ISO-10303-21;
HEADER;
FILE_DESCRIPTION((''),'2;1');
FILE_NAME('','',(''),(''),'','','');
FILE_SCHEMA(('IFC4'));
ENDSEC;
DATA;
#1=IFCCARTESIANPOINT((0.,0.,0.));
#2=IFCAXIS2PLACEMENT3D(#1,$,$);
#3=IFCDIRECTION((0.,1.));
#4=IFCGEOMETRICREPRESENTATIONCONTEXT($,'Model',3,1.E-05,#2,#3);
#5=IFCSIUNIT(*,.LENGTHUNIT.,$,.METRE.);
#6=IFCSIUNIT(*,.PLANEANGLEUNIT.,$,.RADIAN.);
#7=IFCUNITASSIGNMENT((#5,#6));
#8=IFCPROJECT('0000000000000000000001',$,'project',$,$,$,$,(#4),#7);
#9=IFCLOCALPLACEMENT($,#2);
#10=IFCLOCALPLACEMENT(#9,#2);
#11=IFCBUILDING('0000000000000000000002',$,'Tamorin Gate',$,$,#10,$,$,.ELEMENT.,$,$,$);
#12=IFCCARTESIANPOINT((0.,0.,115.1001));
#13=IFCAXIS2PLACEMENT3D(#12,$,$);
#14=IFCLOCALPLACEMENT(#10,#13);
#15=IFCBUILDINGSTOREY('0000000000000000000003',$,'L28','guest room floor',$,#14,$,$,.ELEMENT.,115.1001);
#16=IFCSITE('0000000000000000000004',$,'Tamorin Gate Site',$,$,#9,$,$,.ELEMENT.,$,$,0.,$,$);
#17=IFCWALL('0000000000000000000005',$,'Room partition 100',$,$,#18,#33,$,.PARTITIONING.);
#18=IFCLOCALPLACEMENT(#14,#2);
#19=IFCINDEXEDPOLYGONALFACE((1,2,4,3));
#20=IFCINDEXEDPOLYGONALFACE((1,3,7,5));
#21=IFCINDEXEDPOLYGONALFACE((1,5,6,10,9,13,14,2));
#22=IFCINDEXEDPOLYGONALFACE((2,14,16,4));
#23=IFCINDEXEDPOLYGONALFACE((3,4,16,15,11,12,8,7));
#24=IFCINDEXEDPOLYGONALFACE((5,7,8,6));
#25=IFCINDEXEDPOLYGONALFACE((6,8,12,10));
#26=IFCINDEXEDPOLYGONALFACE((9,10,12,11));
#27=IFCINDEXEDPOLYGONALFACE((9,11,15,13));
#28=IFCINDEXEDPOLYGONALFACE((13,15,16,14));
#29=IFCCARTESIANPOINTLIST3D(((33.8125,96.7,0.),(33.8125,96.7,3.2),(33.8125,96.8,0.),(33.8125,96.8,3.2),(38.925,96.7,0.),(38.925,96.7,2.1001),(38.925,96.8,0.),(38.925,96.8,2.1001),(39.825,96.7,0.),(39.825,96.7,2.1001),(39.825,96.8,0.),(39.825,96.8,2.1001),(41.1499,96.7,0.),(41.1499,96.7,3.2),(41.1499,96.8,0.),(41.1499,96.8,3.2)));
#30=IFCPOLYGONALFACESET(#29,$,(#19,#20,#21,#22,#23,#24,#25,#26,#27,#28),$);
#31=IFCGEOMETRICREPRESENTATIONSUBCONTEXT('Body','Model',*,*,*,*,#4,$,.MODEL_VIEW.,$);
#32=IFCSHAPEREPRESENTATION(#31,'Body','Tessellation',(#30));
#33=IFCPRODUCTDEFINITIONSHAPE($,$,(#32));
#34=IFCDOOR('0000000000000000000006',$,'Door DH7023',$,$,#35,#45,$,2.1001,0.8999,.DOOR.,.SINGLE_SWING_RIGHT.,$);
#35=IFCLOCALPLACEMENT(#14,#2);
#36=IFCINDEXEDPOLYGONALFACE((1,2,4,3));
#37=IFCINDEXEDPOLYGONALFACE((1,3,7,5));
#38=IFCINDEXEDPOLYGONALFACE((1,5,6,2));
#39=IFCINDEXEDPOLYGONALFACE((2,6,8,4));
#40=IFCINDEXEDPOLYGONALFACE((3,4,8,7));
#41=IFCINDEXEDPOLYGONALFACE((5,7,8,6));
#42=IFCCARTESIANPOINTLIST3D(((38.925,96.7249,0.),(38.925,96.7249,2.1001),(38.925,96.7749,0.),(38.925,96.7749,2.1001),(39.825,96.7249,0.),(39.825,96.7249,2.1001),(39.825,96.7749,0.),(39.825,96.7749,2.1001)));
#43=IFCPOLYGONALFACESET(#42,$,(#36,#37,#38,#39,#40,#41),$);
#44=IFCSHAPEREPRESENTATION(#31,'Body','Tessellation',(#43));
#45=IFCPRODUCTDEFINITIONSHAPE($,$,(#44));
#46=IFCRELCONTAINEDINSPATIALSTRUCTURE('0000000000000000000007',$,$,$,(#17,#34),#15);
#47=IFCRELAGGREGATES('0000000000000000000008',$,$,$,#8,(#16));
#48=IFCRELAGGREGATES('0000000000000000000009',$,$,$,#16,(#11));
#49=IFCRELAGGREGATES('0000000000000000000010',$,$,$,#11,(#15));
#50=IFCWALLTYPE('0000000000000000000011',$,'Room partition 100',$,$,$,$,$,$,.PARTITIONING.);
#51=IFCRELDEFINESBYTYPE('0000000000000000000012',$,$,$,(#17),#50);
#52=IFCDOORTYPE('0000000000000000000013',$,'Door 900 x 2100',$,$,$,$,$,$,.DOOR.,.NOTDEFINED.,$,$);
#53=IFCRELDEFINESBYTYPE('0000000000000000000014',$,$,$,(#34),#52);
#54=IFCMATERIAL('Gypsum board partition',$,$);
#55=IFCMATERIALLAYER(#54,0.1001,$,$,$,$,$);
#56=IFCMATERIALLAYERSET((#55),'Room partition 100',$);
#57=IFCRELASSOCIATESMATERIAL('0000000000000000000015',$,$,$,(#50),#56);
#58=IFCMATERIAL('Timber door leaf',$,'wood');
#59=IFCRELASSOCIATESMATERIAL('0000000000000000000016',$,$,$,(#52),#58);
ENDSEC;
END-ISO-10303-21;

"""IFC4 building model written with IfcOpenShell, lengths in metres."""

from ifc_helpers import new_model, si_unit, direction, frame, frame_2d, origin, place, context, subcontext, project, spatial, rectangle, extrude, material, layer, layer_set, type_object, element, fill, save


model = new_model("IFC4")

# Units and contexts
model_context = context("Model", 3, precision=1e-05, world=origin(), true_north=direction((0.0, 1.0)))
body_context = subcontext(model_context, "Body", "Model", "MODEL_VIEW")
ifc_project = project(units=[si_unit("LENGTHUNIT", "METRE"), si_unit("PLANEANGLEUNIT", "RADIAN")], contexts=[model_context])

# Site, building, storey
site_placement = place(None, origin())
site = spatial("IfcSite", under=ifc_project, at=site_placement, Name="Tamorin Gate Site", CompositionType="ELEMENT", RefElevation=0.0)
building_placement = place(site_placement, origin())
building = spatial("IfcBuilding", under=site, at=building_placement, Name="Tamorin Gate", CompositionType="ELEMENT")
storey_placement = place(building_placement, frame((0.0, 0.0, 115.1001)))
storey = spatial("IfcBuildingStorey", under=building, at=storey_placement, Name="L28", Description="guest room floor", CompositionType="ELEMENT", Elevation=115.1001)

# Wall, opening, door
ifc_material_1 = material(Name="Gypsum board partition")
ifc_layer_1 = layer(ifc_material_1, 0.1001)
ifc_layer_set_1 = layer_set([ifc_layer_1], Name="Room partition 100")
wall_type_1 = type_object("IfcWallType", Name="Room partition 100", PredefinedType="PARTITIONING", material=ifc_layer_set_1)
wall_1_placement = place(storey_placement, frame((33.8125, 96.75, 0.0), z_axis=(0.0, 0.0, 1.0), x_axis=(1.0, 0.0, 0.0)))
wall_1 = element("IfcWall", 1, at=wall_1_placement, inside=storey, type_object=wall_type_1, Name="Room partition 100", PredefinedType="PARTITIONING", context=body_context, shape_type="SweptSolid", body=[
    extrude(rectangle(XDim=7.3374, YDim=0.1001, at=frame_2d((3.6687, 0.0))), origin(), (0.0, 0.0, 1.0), 3.2),
])
opening_1_placement = place(wall_1_placement, frame((5.1125, 0.0, 0.0)))
opening_1 = element("IfcOpeningElement", 2, at=opening_1_placement, cuts=wall_1, PredefinedType="OPENING", context=body_context, shape_type="SweptSolid", body=[
    extrude(rectangle(XDim=0.8999, YDim=2.1001, at=frame_2d((0.45, 1.05))), frame((0.0, 0.0601, 0.0), z_axis=(0.0, -1.0, 0.0), x_axis=(1.0, 0.0, 0.0)), (0.0, 0.0, 1.0), 0.1201),
])
ifc_material_2 = material(Name="Timber door leaf", Category="wood")
door_type = type_object("IfcDoorType", Name="Door 900 x 2100", OperationType="NOTDEFINED", PredefinedType="DOOR", material=ifc_material_2)
door_placement = place(opening_1_placement, origin())
door = element("IfcDoor", 3, at=door_placement, inside=storey, type_object=door_type, Name="Door DH7023", OperationType="SINGLE_SWING_RIGHT", OverallHeight=2.1001, OverallWidth=0.8999, PredefinedType="DOOR", context=body_context, shape_type="SweptSolid", body=[
    extrude(rectangle(XDim=0.8999, YDim=2.1001, at=frame_2d((0.45, 1.05))), frame((0.0, 0.0249, 0.0), z_axis=(0.0, -1.0, 0.0), x_axis=(1.0, 0.0, 0.0)), (0.0, 0.0, 1.0), 0.05),
])
fill(opening_1, door)

save(model, "model.ifc")
